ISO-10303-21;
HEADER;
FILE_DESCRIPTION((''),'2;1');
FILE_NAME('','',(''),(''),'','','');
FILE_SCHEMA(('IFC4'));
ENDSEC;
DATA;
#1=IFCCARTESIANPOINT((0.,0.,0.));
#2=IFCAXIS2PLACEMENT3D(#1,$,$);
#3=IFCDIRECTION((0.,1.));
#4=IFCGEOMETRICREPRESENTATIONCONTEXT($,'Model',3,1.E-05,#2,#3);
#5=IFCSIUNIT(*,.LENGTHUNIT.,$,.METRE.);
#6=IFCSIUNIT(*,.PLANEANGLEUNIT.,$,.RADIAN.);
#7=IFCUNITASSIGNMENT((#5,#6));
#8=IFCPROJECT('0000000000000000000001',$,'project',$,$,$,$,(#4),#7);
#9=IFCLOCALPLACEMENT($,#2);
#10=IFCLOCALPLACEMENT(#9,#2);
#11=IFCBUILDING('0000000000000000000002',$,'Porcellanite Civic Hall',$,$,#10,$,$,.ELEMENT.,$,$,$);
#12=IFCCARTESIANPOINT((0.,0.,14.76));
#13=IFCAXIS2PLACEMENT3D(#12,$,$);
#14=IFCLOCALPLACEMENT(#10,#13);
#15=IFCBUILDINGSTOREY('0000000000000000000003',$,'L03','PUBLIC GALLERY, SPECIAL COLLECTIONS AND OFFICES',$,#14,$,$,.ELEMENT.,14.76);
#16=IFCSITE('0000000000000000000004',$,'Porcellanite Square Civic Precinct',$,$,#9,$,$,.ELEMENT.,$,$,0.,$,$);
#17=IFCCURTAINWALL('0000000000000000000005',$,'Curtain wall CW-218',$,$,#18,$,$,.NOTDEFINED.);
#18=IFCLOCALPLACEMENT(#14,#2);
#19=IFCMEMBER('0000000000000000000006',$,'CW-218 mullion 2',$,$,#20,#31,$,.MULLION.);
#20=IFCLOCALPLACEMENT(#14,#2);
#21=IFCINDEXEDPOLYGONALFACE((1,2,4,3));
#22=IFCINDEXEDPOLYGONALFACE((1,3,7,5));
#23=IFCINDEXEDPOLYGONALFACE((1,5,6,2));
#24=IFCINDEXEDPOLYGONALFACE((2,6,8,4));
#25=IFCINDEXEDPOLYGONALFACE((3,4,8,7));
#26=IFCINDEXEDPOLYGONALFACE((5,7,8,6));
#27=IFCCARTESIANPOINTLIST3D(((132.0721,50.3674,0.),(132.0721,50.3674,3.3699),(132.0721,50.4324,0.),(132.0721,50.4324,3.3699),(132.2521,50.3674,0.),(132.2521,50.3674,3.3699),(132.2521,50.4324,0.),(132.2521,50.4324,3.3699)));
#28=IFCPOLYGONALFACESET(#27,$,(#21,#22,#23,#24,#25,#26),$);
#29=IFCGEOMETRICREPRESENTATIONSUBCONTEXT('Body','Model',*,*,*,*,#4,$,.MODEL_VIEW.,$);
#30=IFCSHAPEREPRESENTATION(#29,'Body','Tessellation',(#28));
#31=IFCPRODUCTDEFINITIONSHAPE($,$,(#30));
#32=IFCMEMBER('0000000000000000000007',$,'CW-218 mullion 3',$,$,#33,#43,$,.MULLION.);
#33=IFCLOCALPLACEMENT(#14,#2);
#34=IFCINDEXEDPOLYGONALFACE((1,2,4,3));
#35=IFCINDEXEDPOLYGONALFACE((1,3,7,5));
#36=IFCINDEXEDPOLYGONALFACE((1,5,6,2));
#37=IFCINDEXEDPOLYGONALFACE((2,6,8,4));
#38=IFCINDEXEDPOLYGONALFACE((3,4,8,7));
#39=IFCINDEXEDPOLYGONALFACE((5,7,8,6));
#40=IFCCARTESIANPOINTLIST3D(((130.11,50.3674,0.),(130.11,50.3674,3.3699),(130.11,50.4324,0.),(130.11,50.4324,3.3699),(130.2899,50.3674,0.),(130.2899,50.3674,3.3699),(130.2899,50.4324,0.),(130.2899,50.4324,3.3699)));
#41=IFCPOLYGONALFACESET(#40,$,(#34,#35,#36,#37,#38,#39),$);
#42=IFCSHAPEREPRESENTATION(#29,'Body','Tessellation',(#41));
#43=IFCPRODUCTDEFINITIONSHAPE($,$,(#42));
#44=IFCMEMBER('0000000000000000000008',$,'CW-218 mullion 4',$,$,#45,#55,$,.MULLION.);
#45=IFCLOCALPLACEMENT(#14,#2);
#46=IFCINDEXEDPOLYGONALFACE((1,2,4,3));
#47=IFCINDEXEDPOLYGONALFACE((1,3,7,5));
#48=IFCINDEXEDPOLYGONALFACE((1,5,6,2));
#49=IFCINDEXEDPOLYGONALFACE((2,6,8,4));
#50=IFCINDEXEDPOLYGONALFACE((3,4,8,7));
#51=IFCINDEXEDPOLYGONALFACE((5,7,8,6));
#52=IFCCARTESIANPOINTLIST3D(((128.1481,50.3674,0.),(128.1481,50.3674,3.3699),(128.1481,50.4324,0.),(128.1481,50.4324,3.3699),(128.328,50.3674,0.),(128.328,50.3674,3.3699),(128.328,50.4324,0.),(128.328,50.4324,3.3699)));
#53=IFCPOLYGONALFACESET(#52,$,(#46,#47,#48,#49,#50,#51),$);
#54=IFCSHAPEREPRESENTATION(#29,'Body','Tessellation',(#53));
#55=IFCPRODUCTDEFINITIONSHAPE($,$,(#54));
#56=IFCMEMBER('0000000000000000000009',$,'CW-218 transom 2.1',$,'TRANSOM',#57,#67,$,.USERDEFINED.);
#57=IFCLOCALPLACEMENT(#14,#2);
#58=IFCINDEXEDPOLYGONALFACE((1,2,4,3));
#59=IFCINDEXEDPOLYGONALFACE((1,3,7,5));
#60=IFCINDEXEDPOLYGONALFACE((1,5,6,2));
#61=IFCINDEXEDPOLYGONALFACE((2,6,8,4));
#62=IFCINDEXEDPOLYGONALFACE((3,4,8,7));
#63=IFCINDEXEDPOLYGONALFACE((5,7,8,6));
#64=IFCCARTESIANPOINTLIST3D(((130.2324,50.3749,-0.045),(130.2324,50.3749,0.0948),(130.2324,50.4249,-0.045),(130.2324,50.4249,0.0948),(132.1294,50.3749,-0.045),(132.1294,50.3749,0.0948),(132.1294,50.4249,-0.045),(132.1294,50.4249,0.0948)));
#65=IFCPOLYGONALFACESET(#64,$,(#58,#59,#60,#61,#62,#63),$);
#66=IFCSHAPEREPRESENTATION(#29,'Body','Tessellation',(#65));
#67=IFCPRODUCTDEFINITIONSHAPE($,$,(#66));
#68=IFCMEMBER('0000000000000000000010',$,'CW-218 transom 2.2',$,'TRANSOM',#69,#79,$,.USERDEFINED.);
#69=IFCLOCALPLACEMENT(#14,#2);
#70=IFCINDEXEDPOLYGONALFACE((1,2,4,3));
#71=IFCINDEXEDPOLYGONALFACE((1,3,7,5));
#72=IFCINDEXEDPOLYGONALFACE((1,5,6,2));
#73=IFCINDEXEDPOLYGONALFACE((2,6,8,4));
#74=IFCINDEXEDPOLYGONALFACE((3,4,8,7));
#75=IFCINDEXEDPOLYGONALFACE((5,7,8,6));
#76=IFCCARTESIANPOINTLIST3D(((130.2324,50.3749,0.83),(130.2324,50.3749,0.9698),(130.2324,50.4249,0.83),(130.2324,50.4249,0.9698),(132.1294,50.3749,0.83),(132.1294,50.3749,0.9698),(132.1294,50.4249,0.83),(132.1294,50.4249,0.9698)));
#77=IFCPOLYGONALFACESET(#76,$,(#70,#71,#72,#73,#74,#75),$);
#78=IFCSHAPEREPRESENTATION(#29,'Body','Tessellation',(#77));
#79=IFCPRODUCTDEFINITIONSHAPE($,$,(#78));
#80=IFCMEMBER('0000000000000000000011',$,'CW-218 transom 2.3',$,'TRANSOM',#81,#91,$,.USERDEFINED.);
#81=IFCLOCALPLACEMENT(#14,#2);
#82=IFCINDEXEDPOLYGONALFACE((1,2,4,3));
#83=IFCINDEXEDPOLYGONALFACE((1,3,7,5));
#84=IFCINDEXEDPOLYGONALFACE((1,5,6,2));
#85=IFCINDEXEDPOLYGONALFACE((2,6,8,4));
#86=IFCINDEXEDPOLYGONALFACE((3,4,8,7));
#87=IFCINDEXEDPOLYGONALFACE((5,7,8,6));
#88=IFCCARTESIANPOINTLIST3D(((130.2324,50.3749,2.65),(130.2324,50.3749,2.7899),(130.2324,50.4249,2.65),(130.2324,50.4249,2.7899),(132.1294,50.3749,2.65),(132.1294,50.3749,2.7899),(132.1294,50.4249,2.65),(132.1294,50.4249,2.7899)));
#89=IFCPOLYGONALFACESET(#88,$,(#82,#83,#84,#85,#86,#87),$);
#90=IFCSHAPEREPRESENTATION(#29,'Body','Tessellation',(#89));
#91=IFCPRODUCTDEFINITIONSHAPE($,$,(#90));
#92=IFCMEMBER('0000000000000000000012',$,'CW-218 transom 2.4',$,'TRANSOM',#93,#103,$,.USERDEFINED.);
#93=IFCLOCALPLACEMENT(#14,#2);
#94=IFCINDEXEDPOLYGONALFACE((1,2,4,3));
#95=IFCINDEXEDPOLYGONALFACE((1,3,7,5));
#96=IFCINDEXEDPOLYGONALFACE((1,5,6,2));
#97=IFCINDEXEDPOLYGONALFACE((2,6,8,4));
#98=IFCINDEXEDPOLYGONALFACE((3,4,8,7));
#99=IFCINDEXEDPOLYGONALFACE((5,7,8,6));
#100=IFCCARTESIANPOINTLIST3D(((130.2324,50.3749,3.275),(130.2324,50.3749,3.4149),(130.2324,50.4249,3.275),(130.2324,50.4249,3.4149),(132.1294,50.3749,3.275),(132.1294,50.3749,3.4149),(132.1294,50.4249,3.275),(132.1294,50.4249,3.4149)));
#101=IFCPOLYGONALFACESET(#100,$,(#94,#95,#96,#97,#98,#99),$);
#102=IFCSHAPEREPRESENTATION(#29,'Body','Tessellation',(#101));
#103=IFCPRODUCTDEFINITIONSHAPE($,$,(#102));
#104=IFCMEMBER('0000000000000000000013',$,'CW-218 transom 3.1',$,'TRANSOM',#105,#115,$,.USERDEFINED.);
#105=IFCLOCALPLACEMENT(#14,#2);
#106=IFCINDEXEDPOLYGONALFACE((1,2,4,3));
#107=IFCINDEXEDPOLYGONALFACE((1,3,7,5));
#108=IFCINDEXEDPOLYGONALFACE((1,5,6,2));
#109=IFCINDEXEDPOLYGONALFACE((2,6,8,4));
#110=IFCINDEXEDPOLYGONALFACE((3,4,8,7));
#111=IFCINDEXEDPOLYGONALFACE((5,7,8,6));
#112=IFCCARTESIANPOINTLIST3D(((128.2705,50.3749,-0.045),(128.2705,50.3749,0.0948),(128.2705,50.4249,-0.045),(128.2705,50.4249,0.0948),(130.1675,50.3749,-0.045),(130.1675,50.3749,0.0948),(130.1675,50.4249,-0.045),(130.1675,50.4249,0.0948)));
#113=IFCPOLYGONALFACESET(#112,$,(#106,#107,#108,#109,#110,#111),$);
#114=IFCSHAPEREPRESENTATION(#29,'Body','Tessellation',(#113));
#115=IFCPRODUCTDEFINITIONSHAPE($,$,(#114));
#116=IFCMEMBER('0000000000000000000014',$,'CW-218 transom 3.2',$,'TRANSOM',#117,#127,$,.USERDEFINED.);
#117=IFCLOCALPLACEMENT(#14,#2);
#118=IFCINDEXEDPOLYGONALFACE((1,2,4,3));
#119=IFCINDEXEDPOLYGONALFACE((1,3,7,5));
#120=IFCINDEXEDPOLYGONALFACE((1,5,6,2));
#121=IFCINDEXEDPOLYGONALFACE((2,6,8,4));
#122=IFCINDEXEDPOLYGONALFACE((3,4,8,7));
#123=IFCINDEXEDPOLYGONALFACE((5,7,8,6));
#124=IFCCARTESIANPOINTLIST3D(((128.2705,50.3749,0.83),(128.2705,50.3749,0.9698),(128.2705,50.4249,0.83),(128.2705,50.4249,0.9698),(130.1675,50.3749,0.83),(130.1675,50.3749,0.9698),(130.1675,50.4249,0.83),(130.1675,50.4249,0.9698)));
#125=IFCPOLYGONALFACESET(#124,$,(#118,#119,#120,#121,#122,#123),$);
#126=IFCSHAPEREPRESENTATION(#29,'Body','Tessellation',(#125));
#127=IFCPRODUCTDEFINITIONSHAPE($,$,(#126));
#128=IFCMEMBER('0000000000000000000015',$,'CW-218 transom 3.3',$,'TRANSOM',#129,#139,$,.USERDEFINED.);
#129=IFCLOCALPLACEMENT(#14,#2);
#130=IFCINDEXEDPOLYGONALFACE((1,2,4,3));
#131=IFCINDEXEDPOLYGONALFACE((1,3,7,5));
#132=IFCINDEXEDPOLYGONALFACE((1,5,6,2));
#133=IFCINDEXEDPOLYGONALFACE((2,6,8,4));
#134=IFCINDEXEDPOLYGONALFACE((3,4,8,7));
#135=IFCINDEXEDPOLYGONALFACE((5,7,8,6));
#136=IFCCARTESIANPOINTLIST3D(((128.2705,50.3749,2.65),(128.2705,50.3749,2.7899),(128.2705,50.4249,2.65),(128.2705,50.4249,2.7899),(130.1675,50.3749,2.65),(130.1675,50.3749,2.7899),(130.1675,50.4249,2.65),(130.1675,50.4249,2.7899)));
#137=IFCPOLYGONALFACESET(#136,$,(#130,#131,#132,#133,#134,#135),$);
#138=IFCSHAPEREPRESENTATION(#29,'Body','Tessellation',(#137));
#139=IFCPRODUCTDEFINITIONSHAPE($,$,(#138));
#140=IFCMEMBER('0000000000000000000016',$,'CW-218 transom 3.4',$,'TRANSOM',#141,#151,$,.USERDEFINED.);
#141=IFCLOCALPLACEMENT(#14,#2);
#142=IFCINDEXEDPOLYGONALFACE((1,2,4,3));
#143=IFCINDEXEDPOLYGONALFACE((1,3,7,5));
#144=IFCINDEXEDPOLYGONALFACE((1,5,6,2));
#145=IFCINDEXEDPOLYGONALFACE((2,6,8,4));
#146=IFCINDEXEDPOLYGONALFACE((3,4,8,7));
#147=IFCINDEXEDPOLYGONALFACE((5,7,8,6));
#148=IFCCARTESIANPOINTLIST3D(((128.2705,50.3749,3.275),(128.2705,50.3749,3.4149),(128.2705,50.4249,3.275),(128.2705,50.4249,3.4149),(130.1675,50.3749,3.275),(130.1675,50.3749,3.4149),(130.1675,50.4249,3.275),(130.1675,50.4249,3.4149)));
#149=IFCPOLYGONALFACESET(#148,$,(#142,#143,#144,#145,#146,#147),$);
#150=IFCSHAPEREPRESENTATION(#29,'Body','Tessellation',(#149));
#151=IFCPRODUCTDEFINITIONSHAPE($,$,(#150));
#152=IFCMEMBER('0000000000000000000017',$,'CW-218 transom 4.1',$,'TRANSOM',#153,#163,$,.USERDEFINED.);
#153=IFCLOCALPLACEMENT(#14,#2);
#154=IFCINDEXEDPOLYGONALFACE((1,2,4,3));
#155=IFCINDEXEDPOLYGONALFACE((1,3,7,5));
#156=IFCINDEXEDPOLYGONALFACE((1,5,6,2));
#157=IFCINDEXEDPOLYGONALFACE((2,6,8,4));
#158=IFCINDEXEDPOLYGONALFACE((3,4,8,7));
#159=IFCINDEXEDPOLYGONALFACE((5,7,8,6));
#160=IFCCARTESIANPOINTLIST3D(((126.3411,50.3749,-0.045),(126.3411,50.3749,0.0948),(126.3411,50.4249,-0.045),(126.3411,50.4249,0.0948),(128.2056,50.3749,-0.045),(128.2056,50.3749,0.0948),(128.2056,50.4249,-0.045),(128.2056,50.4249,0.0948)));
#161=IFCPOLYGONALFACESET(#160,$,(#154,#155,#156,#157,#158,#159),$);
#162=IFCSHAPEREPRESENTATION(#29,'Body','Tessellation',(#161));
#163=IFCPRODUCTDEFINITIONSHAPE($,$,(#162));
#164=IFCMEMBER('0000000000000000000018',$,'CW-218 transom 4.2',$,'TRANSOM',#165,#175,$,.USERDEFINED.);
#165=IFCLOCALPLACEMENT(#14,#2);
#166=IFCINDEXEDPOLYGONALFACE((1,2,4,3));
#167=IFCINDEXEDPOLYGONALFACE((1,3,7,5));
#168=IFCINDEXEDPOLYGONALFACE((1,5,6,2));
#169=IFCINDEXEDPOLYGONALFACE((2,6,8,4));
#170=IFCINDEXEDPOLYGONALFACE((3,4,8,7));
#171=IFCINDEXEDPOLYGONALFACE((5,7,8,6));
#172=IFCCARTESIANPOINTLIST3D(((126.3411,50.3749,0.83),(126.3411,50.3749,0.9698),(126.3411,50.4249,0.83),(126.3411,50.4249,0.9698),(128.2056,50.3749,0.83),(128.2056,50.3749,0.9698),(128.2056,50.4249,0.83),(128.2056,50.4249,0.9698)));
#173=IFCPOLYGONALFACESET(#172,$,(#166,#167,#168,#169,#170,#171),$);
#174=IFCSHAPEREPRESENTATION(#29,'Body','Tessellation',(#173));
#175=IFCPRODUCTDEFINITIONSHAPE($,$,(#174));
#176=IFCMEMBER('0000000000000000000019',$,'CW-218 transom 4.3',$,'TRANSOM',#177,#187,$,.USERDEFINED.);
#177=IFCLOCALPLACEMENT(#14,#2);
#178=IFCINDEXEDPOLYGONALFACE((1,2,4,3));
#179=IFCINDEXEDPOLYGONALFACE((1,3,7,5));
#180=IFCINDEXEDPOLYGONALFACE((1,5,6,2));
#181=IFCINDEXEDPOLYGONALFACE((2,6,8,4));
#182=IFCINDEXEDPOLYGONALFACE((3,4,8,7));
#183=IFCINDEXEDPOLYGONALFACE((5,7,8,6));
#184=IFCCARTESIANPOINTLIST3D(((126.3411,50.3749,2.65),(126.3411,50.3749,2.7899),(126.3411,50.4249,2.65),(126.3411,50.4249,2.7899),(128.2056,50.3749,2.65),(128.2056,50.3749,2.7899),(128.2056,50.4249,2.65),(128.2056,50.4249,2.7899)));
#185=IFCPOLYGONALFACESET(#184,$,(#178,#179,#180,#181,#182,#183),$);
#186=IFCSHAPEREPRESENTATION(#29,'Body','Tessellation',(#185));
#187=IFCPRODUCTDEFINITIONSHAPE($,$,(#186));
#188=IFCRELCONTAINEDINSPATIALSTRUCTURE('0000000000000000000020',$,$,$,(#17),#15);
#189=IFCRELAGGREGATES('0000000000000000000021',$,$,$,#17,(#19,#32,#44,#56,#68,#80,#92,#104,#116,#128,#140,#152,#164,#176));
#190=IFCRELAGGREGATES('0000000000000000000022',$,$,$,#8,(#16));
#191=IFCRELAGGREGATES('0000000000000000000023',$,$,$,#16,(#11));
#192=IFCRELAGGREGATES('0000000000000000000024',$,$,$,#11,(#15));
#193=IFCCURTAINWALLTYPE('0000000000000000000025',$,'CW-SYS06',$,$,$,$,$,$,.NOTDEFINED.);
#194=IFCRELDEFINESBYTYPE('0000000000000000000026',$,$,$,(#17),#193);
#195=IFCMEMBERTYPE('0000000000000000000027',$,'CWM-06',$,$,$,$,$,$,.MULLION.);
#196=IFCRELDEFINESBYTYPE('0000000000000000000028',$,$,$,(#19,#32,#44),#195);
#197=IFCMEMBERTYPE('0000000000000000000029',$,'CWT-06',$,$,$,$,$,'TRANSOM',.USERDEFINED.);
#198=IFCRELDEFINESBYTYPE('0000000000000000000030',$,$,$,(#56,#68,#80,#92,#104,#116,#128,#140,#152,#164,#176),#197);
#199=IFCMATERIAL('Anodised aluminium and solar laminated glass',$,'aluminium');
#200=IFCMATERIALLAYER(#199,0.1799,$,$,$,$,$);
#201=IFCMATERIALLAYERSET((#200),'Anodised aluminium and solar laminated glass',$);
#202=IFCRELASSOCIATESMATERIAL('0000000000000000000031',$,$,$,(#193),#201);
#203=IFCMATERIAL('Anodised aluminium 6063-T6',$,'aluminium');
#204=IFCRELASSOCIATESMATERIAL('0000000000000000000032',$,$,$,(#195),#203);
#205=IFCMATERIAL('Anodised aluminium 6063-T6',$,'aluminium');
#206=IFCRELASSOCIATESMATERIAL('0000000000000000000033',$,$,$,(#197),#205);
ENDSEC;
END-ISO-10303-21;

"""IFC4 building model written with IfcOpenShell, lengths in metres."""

from ifc_helpers import new_model, si_unit, direction, frame, origin, origin_2d, place, context, subcontext, project, spatial, rectangle, extrude, material, layer, layer_set, material_profile, profile_set, type_object, element, aggregate, save


model = new_model("IFC4")

# Units and contexts
model_context = context("Model", 3, precision=1e-05, world=origin(), true_north=direction((0.0, 1.0)))
body_context = subcontext(model_context, "Body", "Model", "MODEL_VIEW")
ifc_project = project(units=[si_unit("LENGTHUNIT", "METRE"), si_unit("PLANEANGLEUNIT", "RADIAN")], contexts=[model_context])

# Site, building, storey
site_placement = place(None, origin())
site = spatial("IfcSite", under=ifc_project, at=site_placement, Name="Porcellanite Square Civic Precinct", CompositionType="ELEMENT", RefElevation=0.0)
building_placement = place(site_placement, origin())
building = spatial("IfcBuilding", under=site, at=building_placement, Name="Porcellanite Civic Hall", CompositionType="ELEMENT")
storey_placement = place(building_placement, frame((0.0, 0.0, 14.76)))
storey = spatial("IfcBuildingStorey", under=building, at=storey_placement, Name="L03", Description="PUBLIC GALLERY, SPECIAL COLLECTIONS AND OFFICES", CompositionType="ELEMENT", Elevation=14.76)

# Curtain wall, members
ifc_material_1 = material(Name="Anodised aluminium and solar laminated glass", Category="aluminium")
ifc_layer_1 = layer(ifc_material_1, 0.1799)
ifc_layer_set_1 = layer_set([ifc_layer_1], Name="Anodised aluminium and solar laminated glass")
curtain_wall_type = type_object("IfcCurtainWallType", Name="CW-SYS06", PredefinedType="NOTDEFINED", material=ifc_layer_set_1)
curtain_wall_placement = place(storey_placement, origin())
curtain_wall = element("IfcCurtainWall", 1, at=curtain_wall_placement, inside=storey, type_object=curtain_wall_type, Name="Curtain wall CW-218", PredefinedType="NOTDEFINED")
ifc_material_2 = material(Name="Anodised aluminium 6063-T6", Category="aluminium")
ifc_material_profile_1 = material_profile(ifc_material_2, rectangle(XDim=0.0649, YDim=0.1799, at=origin_2d()), Name="AL-65x180")
ifc_profile_set_1 = profile_set([ifc_material_profile_1], Name="Anodised aluminium 6063-T6")
member_type_1 = type_object("IfcMemberType", Name="CWM-06", PredefinedType="MULLION", material=ifc_profile_set_1)
member_1_placement = place(storey_placement, frame((132.1621, 50.3999, 0.0), z_axis=(0.0, 0.0, 1.0), x_axis=(0.0, -1.0, 0.0)))
member_1 = element("IfcMember", 2, at=member_1_placement, type_object=member_type_1, Name="CW-218 mullion 2", PredefinedType="MULLION", context=body_context, shape_type="SweptSolid", body=[
    extrude(rectangle(XDim=0.0649, YDim=0.1799, at=origin_2d()), origin(), (0.0, 0.0, 1.0), 3.3699),
])
member_2_placement = place(storey_placement, frame((130.2, 50.3999, 0.0), z_axis=(0.0, 0.0, 1.0), x_axis=(0.0, -1.0, 0.0)))
member_2 = element("IfcMember", 3, at=member_2_placement, type_object=member_type_1, Name="CW-218 mullion 3", PredefinedType="MULLION", context=body_context, shape_type="SweptSolid", body=[
    extrude(rectangle(XDim=0.0649, YDim=0.1799, at=origin_2d()), origin(), (0.0, 0.0, 1.0), 3.3699),
])
member_3_placement = place(storey_placement, frame((128.238, 50.3999, 0.0), z_axis=(0.0, 0.0, 1.0), x_axis=(0.0, -1.0, 0.0)))
member_3 = element("IfcMember", 4, at=member_3_placement, type_object=member_type_1, Name="CW-218 mullion 4", PredefinedType="MULLION", context=body_context, shape_type="SweptSolid", body=[
    extrude(rectangle(XDim=0.0649, YDim=0.1799, at=origin_2d()), origin(), (0.0, 0.0, 1.0), 3.3699),
])
ifc_material_3 = material(Name="Anodised aluminium 6063-T6", Category="aluminium")
ifc_material_profile_2 = material_profile(ifc_material_3, rectangle(XDim=0.05, YDim=0.1399, at=origin_2d()), Name="AL-50x140")
ifc_profile_set_2 = profile_set([ifc_material_profile_2], Name="Anodised aluminium 6063-T6")
member_type_2 = type_object("IfcMemberType", Name="CWT-06", ElementType="TRANSOM", PredefinedType="USERDEFINED", material=ifc_profile_set_2)
member_4_placement = place(storey_placement, frame((132.1294, 50.3999, 0.0249), z_axis=(-1.0, 0.0, 0.0), x_axis=(0.0, -1.0, 0.0)))
member_4 = element("IfcMember", 5, at=member_4_placement, type_object=member_type_2, Name="CW-218 transom 2.1", ObjectType="TRANSOM", PredefinedType="USERDEFINED", context=body_context, shape_type="SweptSolid", body=[
    extrude(rectangle(XDim=0.05, YDim=0.1399, at=origin_2d()), origin(), (0.0, 0.0, 1.0), 1.897),
])
member_5_placement = place(storey_placement, frame((132.1294, 50.3999, 0.8999), z_axis=(-1.0, 0.0, 0.0), x_axis=(0.0, -1.0, 0.0)))
member_5 = element("IfcMember", 6, at=member_5_placement, type_object=member_type_2, Name="CW-218 transom 2.2", ObjectType="TRANSOM", PredefinedType="USERDEFINED", context=body_context, shape_type="SweptSolid", body=[
    extrude(rectangle(XDim=0.05, YDim=0.1399, at=origin_2d()), origin(), (0.0, 0.0, 1.0), 1.897),
])
member_6_placement = place(storey_placement, frame((132.1294, 50.3999, 2.72), z_axis=(-1.0, 0.0, 0.0), x_axis=(0.0, -1.0, 0.0)))
member_6 = element("IfcMember", 7, at=member_6_placement, type_object=member_type_2, Name="CW-218 transom 2.3", ObjectType="TRANSOM", PredefinedType="USERDEFINED", context=body_context, shape_type="SweptSolid", body=[
    extrude(rectangle(XDim=0.05, YDim=0.1399, at=origin_2d()), origin(), (0.0, 0.0, 1.0), 1.897),
])
member_7_placement = place(storey_placement, frame((132.1294, 50.3999, 3.345), z_axis=(-1.0, 0.0, 0.0), x_axis=(0.0, -1.0, 0.0)))
member_7 = element("IfcMember", 8, at=member_7_placement, type_object=member_type_2, Name="CW-218 transom 2.4", ObjectType="TRANSOM", PredefinedType="USERDEFINED", context=body_context, shape_type="SweptSolid", body=[
    extrude(rectangle(XDim=0.05, YDim=0.1399, at=origin_2d()), origin(), (0.0, 0.0, 1.0), 1.897),
])
member_8_placement = place(storey_placement, frame((130.1675, 50.3999, 0.0249), z_axis=(-1.0, 0.0, 0.0), x_axis=(0.0, -1.0, 0.0)))
member_8 = element("IfcMember", 9, at=member_8_placement, type_object=member_type_2, Name="CW-218 transom 3.1", ObjectType="TRANSOM", PredefinedType="USERDEFINED", context=body_context, shape_type="SweptSolid", body=[
    extrude(rectangle(XDim=0.05, YDim=0.1399, at=origin_2d()), origin(), (0.0, 0.0, 1.0), 1.897),
])
member_9_placement = place(storey_placement, frame((130.1675, 50.3999, 0.8999), z_axis=(-1.0, 0.0, 0.0), x_axis=(0.0, -1.0, 0.0)))
member_9 = element("IfcMember", 10, at=member_9_placement, type_object=member_type_2, Name="CW-218 transom 3.2", ObjectType="TRANSOM", PredefinedType="USERDEFINED", context=body_context, shape_type="SweptSolid", body=[
    extrude(rectangle(XDim=0.05, YDim=0.1399, at=origin_2d()), origin(), (0.0, 0.0, 1.0), 1.897),
])
member_10_placement = place(storey_placement, frame((130.1675, 50.3999, 2.72), z_axis=(-1.0, 0.0, 0.0), x_axis=(0.0, -1.0, 0.0)))
member_10 = element("IfcMember", 11, at=member_10_placement, type_object=member_type_2, Name="CW-218 transom 3.3", ObjectType="TRANSOM", PredefinedType="USERDEFINED", context=body_context, shape_type="SweptSolid", body=[
    extrude(rectangle(XDim=0.05, YDim=0.1399, at=origin_2d()), origin(), (0.0, 0.0, 1.0), 1.897),
])
member_11_placement = place(storey_placement, frame((130.1675, 50.3999, 3.345), z_axis=(-1.0, 0.0, 0.0), x_axis=(0.0, -1.0, 0.0)))
member_11 = element("IfcMember", 12, at=member_11_placement, type_object=member_type_2, Name="CW-218 transom 3.4", ObjectType="TRANSOM", PredefinedType="USERDEFINED", context=body_context, shape_type="SweptSolid", body=[
    extrude(rectangle(XDim=0.05, YDim=0.1399, at=origin_2d()), origin(), (0.0, 0.0, 1.0), 1.897),
])
member_12_placement = place(storey_placement, frame((128.2056, 50.3999, 0.0249), z_axis=(-1.0, 0.0, 0.0), x_axis=(0.0, -1.0, 0.0)))
member_12 = element("IfcMember", 13, at=member_12_placement, type_object=member_type_2, Name="CW-218 transom 4.1", ObjectType="TRANSOM", PredefinedType="USERDEFINED", context=body_context, shape_type="SweptSolid", body=[
    extrude(rectangle(XDim=0.05, YDim=0.1399, at=origin_2d()), origin(), (0.0, 0.0, 1.0), 1.8645),
])
member_13_placement = place(storey_placement, frame((128.2056, 50.3999, 0.8999), z_axis=(-1.0, 0.0, 0.0), x_axis=(0.0, -1.0, 0.0)))
member_13 = element("IfcMember", 14, at=member_13_placement, type_object=member_type_2, Name="CW-218 transom 4.2", ObjectType="TRANSOM", PredefinedType="USERDEFINED", context=body_context, shape_type="SweptSolid", body=[
    extrude(rectangle(XDim=0.05, YDim=0.1399, at=origin_2d()), origin(), (0.0, 0.0, 1.0), 1.8645),
])
member_14_placement = place(storey_placement, frame((128.2056, 50.3999, 2.72), z_axis=(-1.0, 0.0, 0.0), x_axis=(0.0, -1.0, 0.0)))
member_14 = element("IfcMember", 15, at=member_14_placement, type_object=member_type_2, Name="CW-218 transom 4.3", ObjectType="TRANSOM", PredefinedType="USERDEFINED", context=body_context, shape_type="SweptSolid", body=[
    extrude(rectangle(XDim=0.05, YDim=0.1399, at=origin_2d()), origin(), (0.0, 0.0, 1.0), 1.8645),
])

aggregate(curtain_wall, [member_1, member_2, member_3, member_4, member_5, member_6, member_7, member_8, member_9, member_10, member_11, member_12, member_13, member_14])

save(model, "model.ifc")
